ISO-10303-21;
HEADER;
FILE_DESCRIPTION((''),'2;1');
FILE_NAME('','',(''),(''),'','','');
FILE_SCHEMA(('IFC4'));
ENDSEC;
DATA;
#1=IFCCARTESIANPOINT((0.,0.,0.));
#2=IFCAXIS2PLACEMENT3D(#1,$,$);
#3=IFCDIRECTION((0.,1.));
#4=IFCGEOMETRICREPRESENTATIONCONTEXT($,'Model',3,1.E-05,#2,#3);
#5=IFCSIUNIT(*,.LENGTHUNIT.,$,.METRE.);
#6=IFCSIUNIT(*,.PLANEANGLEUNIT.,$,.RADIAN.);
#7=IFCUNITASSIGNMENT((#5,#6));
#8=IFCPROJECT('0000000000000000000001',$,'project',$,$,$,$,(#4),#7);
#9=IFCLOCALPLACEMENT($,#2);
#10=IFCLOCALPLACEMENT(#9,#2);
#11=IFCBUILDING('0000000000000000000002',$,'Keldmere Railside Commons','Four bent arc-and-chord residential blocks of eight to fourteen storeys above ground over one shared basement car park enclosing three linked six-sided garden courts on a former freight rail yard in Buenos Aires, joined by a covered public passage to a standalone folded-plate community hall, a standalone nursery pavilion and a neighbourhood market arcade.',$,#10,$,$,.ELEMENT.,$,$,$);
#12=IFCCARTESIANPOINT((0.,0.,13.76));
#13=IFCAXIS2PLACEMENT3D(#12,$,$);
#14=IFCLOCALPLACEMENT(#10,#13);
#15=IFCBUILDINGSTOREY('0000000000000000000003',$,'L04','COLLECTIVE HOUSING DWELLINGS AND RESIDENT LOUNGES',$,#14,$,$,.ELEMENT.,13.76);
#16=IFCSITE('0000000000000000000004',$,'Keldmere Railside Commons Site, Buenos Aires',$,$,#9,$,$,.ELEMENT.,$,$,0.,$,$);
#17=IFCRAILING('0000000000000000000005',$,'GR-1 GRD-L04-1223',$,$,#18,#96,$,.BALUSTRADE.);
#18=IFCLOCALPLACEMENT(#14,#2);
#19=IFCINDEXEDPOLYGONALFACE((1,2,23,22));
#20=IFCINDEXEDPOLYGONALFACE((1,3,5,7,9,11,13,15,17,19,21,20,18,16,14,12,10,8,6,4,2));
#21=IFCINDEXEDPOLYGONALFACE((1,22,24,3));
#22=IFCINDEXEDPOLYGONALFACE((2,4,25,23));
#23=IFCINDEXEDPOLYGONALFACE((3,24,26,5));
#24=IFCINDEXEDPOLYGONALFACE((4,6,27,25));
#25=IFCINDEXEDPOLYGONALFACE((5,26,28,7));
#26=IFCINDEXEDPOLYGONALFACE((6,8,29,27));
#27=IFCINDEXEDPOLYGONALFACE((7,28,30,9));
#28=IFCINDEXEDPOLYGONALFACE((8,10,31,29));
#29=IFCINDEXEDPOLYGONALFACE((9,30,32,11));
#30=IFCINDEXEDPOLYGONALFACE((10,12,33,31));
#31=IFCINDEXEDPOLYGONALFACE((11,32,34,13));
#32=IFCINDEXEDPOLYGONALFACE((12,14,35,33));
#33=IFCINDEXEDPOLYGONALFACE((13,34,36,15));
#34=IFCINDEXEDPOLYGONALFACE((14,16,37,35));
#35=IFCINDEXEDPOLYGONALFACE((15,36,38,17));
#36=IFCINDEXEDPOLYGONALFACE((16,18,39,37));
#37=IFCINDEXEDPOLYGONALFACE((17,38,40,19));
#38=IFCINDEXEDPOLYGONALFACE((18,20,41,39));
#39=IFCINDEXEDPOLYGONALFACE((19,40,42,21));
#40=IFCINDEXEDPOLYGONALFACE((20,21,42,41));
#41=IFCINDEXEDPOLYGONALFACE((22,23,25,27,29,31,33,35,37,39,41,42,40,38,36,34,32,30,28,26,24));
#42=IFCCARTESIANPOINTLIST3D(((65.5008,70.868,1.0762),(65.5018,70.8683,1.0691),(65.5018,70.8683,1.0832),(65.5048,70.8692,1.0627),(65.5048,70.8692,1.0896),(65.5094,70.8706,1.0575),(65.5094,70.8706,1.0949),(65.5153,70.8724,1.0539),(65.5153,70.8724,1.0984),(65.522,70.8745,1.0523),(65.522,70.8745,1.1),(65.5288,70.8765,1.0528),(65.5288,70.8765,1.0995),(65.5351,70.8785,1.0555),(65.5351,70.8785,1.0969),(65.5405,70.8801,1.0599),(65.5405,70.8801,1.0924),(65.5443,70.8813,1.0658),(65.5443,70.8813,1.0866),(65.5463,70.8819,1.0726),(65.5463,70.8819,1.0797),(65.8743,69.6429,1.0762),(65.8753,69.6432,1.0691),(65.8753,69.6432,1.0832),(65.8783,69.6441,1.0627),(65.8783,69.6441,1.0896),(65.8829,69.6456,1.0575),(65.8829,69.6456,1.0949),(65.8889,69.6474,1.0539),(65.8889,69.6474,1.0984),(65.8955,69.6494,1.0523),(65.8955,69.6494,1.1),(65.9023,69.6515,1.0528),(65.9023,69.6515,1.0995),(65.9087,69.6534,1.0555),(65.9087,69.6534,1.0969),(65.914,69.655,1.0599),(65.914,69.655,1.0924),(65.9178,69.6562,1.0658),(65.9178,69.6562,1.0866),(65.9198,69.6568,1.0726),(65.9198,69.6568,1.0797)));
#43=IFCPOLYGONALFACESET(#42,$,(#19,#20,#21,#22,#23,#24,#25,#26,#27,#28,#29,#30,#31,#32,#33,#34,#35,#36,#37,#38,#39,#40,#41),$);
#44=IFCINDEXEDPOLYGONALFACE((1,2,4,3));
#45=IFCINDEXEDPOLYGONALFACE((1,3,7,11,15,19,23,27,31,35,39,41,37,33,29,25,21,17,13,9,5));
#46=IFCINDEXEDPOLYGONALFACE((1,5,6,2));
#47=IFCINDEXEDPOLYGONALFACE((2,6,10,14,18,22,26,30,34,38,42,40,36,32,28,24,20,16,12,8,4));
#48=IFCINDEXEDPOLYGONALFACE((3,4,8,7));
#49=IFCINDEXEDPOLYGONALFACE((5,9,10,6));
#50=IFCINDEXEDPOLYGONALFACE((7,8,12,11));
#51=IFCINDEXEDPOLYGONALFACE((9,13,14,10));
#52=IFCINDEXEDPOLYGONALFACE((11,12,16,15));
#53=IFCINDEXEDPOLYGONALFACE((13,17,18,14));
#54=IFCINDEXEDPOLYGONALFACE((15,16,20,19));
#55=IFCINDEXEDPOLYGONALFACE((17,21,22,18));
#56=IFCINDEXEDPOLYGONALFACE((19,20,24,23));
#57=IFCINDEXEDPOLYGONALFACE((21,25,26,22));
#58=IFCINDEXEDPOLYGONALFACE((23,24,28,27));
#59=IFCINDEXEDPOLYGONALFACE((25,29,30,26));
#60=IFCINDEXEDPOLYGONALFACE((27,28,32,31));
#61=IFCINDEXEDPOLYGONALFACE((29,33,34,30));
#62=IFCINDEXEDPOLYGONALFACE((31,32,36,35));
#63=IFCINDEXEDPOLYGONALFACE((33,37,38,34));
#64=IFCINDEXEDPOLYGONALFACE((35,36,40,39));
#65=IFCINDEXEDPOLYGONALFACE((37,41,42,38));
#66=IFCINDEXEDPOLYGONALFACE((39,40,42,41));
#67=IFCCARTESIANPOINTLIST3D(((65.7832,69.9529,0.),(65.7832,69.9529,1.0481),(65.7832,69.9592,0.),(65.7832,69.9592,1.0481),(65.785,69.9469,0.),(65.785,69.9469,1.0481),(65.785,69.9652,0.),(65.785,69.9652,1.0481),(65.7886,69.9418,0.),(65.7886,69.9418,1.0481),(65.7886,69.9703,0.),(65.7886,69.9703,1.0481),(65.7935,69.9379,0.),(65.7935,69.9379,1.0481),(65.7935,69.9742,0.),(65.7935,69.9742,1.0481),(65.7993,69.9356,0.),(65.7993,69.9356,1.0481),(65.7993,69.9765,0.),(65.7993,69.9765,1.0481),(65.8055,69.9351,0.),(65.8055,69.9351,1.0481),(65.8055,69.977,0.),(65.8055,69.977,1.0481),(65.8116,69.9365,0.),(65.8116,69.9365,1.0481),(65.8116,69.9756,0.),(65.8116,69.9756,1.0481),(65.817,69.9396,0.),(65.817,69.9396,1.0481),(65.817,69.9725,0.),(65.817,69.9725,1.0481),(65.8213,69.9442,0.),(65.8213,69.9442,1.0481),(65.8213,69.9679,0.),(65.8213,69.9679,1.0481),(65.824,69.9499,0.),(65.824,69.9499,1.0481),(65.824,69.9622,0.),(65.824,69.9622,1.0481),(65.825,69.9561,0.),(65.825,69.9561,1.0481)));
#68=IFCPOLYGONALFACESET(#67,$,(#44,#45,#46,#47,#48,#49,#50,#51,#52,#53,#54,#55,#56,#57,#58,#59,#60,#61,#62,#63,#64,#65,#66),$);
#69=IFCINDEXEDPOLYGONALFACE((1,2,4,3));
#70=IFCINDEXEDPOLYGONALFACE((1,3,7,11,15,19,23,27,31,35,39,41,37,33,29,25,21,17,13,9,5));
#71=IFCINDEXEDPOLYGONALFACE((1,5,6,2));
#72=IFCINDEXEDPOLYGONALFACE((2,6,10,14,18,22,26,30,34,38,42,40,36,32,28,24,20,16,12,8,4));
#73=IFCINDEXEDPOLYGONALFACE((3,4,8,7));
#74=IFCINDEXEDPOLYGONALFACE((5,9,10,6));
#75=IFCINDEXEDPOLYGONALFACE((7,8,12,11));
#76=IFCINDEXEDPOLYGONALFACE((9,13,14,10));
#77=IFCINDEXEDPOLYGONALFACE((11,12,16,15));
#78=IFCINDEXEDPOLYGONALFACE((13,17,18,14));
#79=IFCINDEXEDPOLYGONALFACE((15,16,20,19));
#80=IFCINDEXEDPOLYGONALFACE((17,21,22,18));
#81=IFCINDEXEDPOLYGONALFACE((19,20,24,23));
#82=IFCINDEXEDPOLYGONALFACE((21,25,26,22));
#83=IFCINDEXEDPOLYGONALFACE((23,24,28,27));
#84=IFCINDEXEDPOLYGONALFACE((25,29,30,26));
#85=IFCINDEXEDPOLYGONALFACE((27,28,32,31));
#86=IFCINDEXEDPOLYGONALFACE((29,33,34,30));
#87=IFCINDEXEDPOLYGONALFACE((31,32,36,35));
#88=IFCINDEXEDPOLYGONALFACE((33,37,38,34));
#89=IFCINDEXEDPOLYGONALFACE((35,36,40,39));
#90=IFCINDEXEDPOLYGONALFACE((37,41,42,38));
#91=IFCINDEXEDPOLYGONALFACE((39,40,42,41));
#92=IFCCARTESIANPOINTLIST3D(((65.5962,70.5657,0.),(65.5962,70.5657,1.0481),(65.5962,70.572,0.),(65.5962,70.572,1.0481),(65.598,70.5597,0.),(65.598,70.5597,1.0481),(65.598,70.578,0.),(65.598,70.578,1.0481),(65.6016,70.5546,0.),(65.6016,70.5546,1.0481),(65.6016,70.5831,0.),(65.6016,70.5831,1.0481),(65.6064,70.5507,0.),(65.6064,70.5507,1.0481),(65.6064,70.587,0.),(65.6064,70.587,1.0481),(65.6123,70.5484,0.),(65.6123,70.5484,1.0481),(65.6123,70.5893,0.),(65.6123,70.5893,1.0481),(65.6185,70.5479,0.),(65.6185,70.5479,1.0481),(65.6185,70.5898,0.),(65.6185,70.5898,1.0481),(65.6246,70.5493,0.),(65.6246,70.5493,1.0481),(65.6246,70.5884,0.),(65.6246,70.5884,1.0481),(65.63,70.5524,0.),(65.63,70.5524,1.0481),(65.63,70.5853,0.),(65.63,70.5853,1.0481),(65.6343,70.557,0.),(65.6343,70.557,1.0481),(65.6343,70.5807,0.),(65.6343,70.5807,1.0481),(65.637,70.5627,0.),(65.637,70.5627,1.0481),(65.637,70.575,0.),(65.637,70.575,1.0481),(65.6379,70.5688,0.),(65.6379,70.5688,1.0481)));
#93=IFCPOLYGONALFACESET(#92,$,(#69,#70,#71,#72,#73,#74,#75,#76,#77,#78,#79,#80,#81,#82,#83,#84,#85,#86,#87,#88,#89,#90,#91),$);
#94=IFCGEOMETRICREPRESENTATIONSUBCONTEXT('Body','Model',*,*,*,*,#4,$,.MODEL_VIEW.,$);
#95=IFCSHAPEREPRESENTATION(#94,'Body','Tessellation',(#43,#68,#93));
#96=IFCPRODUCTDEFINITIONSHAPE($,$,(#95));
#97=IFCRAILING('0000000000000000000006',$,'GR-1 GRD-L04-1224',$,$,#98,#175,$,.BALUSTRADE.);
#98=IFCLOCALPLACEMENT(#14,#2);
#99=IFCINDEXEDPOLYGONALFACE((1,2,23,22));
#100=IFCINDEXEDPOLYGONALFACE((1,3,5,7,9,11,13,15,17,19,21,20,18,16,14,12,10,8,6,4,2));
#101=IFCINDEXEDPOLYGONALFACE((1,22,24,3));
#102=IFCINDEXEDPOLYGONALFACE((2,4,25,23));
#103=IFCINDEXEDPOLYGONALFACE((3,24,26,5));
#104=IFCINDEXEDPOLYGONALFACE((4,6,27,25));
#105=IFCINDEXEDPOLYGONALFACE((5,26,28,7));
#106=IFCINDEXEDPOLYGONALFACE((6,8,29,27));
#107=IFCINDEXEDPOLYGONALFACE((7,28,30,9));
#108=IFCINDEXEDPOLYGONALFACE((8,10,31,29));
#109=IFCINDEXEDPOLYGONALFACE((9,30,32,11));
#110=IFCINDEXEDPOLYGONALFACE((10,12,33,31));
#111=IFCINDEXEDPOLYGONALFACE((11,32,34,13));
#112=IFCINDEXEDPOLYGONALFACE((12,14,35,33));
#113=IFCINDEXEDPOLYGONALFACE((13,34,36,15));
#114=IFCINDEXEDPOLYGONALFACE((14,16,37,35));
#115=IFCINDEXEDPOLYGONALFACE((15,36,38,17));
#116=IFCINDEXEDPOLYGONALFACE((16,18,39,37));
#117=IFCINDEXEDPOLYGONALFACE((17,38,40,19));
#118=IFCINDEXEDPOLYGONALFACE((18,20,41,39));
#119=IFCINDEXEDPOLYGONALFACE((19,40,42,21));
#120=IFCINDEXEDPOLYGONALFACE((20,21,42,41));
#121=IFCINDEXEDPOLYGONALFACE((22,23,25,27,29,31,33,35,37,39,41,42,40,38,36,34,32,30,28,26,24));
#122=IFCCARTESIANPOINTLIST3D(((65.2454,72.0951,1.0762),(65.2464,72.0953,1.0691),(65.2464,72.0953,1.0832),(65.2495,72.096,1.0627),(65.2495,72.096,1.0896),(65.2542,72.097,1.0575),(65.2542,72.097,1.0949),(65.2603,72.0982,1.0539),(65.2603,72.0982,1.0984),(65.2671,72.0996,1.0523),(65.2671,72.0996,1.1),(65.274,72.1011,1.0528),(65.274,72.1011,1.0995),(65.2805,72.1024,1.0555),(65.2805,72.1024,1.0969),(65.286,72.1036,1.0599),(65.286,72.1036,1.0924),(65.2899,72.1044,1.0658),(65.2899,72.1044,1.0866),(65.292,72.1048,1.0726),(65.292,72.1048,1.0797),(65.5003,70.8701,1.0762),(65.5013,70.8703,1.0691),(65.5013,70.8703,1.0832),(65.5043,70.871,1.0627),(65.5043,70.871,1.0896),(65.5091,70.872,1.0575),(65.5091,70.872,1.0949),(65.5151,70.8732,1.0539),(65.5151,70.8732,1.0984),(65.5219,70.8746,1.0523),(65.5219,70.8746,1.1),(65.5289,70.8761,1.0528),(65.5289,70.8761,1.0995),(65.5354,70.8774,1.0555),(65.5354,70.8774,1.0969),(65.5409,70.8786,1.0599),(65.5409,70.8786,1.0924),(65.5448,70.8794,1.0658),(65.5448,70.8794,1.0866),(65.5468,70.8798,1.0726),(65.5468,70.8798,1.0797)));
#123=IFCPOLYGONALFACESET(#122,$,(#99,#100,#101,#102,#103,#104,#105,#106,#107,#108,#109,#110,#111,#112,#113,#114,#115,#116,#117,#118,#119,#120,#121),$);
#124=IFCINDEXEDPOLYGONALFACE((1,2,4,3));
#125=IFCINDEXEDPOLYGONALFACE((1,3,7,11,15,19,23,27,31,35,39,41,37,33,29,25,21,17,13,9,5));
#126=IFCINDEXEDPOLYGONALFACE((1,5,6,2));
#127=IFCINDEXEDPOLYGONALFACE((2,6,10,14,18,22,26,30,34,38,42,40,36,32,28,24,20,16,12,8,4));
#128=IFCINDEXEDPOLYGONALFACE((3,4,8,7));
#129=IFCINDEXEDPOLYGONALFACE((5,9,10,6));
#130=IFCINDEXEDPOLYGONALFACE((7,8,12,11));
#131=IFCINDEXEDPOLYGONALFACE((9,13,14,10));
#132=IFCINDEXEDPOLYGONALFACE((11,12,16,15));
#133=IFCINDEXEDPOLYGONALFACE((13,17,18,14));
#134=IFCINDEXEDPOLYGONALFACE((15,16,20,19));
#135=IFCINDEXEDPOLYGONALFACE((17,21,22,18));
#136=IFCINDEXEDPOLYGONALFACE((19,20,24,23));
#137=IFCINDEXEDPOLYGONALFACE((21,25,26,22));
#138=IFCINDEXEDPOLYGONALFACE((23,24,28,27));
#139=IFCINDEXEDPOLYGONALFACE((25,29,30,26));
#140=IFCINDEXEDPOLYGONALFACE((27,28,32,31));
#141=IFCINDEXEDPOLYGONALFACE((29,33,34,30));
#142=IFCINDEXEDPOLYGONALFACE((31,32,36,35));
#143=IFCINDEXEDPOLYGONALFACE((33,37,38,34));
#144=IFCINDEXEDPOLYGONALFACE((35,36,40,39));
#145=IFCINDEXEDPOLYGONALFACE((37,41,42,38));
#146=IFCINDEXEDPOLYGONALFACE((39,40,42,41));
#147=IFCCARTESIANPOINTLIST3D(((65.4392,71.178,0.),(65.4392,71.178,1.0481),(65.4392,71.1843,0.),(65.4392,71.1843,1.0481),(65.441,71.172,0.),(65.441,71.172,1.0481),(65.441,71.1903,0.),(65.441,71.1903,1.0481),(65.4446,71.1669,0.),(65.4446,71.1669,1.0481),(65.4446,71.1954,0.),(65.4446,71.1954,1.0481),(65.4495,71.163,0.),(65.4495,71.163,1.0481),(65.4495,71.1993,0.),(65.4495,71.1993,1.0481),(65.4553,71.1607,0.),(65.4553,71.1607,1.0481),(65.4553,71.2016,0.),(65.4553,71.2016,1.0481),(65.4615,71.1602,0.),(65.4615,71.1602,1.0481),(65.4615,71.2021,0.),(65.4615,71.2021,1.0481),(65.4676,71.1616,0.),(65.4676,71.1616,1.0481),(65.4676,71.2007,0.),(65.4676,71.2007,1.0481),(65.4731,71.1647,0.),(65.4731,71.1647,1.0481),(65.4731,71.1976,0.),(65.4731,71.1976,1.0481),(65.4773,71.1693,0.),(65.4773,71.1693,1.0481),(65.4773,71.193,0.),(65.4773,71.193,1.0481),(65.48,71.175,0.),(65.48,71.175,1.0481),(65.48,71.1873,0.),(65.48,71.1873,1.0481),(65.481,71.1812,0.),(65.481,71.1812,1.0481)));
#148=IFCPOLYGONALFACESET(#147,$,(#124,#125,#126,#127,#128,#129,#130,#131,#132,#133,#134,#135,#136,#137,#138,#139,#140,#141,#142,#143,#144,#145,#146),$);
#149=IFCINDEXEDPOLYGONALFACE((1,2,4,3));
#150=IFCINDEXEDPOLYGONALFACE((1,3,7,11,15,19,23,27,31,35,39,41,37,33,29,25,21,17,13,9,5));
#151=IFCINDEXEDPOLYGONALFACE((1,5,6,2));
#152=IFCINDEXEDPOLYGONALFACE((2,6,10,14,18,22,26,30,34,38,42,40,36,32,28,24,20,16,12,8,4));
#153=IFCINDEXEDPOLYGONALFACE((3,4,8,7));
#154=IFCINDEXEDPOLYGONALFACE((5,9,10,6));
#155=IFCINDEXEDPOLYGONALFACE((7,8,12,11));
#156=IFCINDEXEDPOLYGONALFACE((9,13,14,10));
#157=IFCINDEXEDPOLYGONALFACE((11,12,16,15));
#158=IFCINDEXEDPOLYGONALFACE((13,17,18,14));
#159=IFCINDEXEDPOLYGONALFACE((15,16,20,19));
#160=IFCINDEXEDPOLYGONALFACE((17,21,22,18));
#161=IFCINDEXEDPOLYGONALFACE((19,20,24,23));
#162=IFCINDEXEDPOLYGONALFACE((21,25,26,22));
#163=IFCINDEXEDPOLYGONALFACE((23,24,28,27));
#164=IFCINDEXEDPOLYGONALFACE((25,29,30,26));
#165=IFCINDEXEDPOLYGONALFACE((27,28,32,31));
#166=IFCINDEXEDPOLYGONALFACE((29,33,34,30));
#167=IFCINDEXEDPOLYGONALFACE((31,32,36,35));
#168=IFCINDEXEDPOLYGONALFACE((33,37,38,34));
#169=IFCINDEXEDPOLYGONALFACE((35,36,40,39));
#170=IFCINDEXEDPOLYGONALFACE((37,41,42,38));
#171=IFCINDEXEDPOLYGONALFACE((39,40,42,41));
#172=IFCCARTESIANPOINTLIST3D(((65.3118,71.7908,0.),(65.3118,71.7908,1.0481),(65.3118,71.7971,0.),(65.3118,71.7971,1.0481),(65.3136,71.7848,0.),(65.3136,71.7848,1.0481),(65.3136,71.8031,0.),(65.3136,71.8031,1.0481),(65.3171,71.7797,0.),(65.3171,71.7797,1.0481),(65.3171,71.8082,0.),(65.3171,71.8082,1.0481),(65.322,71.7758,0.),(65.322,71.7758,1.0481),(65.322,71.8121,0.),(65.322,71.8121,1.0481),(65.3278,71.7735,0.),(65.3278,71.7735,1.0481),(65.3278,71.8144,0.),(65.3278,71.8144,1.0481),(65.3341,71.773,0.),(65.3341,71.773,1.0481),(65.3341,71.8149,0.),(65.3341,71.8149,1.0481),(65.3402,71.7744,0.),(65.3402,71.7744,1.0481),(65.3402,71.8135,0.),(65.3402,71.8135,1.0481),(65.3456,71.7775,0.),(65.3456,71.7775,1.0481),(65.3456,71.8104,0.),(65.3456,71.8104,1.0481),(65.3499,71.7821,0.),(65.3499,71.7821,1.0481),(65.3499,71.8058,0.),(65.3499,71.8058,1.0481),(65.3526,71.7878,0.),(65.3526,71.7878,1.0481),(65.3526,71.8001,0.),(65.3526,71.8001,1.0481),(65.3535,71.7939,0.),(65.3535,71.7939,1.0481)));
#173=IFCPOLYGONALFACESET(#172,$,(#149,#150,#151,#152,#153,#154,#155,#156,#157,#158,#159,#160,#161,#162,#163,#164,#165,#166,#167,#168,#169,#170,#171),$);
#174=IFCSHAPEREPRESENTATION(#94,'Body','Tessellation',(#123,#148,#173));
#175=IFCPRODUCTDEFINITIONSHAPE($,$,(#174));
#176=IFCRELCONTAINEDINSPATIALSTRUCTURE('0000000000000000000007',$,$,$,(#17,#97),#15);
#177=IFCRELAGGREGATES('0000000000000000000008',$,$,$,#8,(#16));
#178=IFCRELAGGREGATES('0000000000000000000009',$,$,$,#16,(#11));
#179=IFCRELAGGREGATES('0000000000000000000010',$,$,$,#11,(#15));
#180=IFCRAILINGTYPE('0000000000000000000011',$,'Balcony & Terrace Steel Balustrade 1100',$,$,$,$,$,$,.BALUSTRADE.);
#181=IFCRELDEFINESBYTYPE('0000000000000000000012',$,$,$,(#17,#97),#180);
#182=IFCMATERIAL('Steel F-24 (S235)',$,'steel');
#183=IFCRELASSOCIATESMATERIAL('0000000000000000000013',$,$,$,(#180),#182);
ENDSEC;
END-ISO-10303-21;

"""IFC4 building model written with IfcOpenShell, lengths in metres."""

from ifc_helpers import new_model, si_unit, direction, frame, origin, origin_2d, place, context, subcontext, project, spatial, circle, extrude, material, type_object, element, save


model = new_model("IFC4")

# Units and contexts
model_context = context("Model", 3, precision=1e-05, world=origin(), true_north=direction((0.0, 1.0)))
body_context = subcontext(model_context, "Body", "Model", "MODEL_VIEW")
ifc_project = project(units=[si_unit("LENGTHUNIT", "METRE"), si_unit("PLANEANGLEUNIT", "RADIAN")], contexts=[model_context])

# Site, building, storey
site_placement = place(None, origin())
site = spatial("IfcSite", under=ifc_project, at=site_placement, Name="Keldmere Railside Commons Site, Buenos Aires", CompositionType="ELEMENT", RefElevation=0.0)
building_placement = place(site_placement, origin())
building = spatial("IfcBuilding", under=site, at=building_placement, Name="Keldmere Railside Commons", Description="Four bent arc-and-chord residential blocks of eight to fourteen storeys above ground over one shared basement car park enclosing three linked six-sided garden courts on a former freight rail yard in Buenos Aires, joined by a covered public passage to a standalone folded-plate community hall, a standalone nursery pavilion and a neighbourhood market arcade.", CompositionType="ELEMENT")
storey_placement = place(building_placement, frame((0.0, 0.0, 13.76)))
storey = spatial("IfcBuildingStorey", under=building, at=storey_placement, Name="L04", Description="COLLECTIVE HOUSING DWELLINGS AND RESIDENT LOUNGES", CompositionType="ELEMENT", Elevation=13.76)

# Railings
ifc_material_1 = material(Name="Steel F-24 (S235)", Category="steel")
railing_type_1 = type_object("IfcRailingType", Name="Balcony & Terrace Steel Balustrade 1100", PredefinedType="BALUSTRADE", material=ifc_material_1)
railing_1_placement = place(storey_placement, frame((65.8972, 69.6499, 0.0)))
element("IfcRailing", 1, at=railing_1_placement, inside=storey, type_object=railing_type_1, Name="GR-1 GRD-L04-1223", PredefinedType="BALUSTRADE", context=body_context, shape_type="SweptSolid", body=[
    extrude(circle(Radius=0.0239, at=origin_2d()), frame((0.0, 0.0, 1.0762), z_axis=(-0.291647, 0.956526, 0.0), x_axis=(-0.956526, -0.291647, 0.0)), (0.0, 0.0, 1.0), 1.2808),
    extrude(circle(Radius=0.021, at=origin_2d()), frame((-0.0933, 0.3062, 0.0)), (0.0, 0.0, 1.0), 1.0481),
    extrude(circle(Radius=0.021, at=origin_2d()), frame((-0.2803, 0.9189, 0.0)), (0.0, 0.0, 1.0), 1.0481),
])
railing_2_placement = place(storey_placement, frame((65.5237, 70.875, 0.0)))
element("IfcRailing", 2, at=railing_2_placement, inside=storey, type_object=railing_type_1, Name="GR-1 GRD-L04-1224", PredefinedType="BALUSTRADE", context=body_context, shape_type="SweptSolid", body=[
    extrude(circle(Radius=0.0239, at=origin_2d()), frame((0.0, 0.0, 1.0762), z_axis=(-0.203689, 0.979036, 0.0), x_axis=(-0.979036, -0.203689, 0.0)), (0.0, 0.0, 1.0), 1.2512),
    extrude(circle(Radius=0.021, at=origin_2d()), frame((-0.0637, 0.3062, 0.0)), (0.0, 0.0, 1.0), 1.0481),
    extrude(circle(Radius=0.021, at=origin_2d()), frame((-0.1912, 0.9189, 0.0)), (0.0, 0.0, 1.0), 1.0481),
])

save(model, "model.ifc")
